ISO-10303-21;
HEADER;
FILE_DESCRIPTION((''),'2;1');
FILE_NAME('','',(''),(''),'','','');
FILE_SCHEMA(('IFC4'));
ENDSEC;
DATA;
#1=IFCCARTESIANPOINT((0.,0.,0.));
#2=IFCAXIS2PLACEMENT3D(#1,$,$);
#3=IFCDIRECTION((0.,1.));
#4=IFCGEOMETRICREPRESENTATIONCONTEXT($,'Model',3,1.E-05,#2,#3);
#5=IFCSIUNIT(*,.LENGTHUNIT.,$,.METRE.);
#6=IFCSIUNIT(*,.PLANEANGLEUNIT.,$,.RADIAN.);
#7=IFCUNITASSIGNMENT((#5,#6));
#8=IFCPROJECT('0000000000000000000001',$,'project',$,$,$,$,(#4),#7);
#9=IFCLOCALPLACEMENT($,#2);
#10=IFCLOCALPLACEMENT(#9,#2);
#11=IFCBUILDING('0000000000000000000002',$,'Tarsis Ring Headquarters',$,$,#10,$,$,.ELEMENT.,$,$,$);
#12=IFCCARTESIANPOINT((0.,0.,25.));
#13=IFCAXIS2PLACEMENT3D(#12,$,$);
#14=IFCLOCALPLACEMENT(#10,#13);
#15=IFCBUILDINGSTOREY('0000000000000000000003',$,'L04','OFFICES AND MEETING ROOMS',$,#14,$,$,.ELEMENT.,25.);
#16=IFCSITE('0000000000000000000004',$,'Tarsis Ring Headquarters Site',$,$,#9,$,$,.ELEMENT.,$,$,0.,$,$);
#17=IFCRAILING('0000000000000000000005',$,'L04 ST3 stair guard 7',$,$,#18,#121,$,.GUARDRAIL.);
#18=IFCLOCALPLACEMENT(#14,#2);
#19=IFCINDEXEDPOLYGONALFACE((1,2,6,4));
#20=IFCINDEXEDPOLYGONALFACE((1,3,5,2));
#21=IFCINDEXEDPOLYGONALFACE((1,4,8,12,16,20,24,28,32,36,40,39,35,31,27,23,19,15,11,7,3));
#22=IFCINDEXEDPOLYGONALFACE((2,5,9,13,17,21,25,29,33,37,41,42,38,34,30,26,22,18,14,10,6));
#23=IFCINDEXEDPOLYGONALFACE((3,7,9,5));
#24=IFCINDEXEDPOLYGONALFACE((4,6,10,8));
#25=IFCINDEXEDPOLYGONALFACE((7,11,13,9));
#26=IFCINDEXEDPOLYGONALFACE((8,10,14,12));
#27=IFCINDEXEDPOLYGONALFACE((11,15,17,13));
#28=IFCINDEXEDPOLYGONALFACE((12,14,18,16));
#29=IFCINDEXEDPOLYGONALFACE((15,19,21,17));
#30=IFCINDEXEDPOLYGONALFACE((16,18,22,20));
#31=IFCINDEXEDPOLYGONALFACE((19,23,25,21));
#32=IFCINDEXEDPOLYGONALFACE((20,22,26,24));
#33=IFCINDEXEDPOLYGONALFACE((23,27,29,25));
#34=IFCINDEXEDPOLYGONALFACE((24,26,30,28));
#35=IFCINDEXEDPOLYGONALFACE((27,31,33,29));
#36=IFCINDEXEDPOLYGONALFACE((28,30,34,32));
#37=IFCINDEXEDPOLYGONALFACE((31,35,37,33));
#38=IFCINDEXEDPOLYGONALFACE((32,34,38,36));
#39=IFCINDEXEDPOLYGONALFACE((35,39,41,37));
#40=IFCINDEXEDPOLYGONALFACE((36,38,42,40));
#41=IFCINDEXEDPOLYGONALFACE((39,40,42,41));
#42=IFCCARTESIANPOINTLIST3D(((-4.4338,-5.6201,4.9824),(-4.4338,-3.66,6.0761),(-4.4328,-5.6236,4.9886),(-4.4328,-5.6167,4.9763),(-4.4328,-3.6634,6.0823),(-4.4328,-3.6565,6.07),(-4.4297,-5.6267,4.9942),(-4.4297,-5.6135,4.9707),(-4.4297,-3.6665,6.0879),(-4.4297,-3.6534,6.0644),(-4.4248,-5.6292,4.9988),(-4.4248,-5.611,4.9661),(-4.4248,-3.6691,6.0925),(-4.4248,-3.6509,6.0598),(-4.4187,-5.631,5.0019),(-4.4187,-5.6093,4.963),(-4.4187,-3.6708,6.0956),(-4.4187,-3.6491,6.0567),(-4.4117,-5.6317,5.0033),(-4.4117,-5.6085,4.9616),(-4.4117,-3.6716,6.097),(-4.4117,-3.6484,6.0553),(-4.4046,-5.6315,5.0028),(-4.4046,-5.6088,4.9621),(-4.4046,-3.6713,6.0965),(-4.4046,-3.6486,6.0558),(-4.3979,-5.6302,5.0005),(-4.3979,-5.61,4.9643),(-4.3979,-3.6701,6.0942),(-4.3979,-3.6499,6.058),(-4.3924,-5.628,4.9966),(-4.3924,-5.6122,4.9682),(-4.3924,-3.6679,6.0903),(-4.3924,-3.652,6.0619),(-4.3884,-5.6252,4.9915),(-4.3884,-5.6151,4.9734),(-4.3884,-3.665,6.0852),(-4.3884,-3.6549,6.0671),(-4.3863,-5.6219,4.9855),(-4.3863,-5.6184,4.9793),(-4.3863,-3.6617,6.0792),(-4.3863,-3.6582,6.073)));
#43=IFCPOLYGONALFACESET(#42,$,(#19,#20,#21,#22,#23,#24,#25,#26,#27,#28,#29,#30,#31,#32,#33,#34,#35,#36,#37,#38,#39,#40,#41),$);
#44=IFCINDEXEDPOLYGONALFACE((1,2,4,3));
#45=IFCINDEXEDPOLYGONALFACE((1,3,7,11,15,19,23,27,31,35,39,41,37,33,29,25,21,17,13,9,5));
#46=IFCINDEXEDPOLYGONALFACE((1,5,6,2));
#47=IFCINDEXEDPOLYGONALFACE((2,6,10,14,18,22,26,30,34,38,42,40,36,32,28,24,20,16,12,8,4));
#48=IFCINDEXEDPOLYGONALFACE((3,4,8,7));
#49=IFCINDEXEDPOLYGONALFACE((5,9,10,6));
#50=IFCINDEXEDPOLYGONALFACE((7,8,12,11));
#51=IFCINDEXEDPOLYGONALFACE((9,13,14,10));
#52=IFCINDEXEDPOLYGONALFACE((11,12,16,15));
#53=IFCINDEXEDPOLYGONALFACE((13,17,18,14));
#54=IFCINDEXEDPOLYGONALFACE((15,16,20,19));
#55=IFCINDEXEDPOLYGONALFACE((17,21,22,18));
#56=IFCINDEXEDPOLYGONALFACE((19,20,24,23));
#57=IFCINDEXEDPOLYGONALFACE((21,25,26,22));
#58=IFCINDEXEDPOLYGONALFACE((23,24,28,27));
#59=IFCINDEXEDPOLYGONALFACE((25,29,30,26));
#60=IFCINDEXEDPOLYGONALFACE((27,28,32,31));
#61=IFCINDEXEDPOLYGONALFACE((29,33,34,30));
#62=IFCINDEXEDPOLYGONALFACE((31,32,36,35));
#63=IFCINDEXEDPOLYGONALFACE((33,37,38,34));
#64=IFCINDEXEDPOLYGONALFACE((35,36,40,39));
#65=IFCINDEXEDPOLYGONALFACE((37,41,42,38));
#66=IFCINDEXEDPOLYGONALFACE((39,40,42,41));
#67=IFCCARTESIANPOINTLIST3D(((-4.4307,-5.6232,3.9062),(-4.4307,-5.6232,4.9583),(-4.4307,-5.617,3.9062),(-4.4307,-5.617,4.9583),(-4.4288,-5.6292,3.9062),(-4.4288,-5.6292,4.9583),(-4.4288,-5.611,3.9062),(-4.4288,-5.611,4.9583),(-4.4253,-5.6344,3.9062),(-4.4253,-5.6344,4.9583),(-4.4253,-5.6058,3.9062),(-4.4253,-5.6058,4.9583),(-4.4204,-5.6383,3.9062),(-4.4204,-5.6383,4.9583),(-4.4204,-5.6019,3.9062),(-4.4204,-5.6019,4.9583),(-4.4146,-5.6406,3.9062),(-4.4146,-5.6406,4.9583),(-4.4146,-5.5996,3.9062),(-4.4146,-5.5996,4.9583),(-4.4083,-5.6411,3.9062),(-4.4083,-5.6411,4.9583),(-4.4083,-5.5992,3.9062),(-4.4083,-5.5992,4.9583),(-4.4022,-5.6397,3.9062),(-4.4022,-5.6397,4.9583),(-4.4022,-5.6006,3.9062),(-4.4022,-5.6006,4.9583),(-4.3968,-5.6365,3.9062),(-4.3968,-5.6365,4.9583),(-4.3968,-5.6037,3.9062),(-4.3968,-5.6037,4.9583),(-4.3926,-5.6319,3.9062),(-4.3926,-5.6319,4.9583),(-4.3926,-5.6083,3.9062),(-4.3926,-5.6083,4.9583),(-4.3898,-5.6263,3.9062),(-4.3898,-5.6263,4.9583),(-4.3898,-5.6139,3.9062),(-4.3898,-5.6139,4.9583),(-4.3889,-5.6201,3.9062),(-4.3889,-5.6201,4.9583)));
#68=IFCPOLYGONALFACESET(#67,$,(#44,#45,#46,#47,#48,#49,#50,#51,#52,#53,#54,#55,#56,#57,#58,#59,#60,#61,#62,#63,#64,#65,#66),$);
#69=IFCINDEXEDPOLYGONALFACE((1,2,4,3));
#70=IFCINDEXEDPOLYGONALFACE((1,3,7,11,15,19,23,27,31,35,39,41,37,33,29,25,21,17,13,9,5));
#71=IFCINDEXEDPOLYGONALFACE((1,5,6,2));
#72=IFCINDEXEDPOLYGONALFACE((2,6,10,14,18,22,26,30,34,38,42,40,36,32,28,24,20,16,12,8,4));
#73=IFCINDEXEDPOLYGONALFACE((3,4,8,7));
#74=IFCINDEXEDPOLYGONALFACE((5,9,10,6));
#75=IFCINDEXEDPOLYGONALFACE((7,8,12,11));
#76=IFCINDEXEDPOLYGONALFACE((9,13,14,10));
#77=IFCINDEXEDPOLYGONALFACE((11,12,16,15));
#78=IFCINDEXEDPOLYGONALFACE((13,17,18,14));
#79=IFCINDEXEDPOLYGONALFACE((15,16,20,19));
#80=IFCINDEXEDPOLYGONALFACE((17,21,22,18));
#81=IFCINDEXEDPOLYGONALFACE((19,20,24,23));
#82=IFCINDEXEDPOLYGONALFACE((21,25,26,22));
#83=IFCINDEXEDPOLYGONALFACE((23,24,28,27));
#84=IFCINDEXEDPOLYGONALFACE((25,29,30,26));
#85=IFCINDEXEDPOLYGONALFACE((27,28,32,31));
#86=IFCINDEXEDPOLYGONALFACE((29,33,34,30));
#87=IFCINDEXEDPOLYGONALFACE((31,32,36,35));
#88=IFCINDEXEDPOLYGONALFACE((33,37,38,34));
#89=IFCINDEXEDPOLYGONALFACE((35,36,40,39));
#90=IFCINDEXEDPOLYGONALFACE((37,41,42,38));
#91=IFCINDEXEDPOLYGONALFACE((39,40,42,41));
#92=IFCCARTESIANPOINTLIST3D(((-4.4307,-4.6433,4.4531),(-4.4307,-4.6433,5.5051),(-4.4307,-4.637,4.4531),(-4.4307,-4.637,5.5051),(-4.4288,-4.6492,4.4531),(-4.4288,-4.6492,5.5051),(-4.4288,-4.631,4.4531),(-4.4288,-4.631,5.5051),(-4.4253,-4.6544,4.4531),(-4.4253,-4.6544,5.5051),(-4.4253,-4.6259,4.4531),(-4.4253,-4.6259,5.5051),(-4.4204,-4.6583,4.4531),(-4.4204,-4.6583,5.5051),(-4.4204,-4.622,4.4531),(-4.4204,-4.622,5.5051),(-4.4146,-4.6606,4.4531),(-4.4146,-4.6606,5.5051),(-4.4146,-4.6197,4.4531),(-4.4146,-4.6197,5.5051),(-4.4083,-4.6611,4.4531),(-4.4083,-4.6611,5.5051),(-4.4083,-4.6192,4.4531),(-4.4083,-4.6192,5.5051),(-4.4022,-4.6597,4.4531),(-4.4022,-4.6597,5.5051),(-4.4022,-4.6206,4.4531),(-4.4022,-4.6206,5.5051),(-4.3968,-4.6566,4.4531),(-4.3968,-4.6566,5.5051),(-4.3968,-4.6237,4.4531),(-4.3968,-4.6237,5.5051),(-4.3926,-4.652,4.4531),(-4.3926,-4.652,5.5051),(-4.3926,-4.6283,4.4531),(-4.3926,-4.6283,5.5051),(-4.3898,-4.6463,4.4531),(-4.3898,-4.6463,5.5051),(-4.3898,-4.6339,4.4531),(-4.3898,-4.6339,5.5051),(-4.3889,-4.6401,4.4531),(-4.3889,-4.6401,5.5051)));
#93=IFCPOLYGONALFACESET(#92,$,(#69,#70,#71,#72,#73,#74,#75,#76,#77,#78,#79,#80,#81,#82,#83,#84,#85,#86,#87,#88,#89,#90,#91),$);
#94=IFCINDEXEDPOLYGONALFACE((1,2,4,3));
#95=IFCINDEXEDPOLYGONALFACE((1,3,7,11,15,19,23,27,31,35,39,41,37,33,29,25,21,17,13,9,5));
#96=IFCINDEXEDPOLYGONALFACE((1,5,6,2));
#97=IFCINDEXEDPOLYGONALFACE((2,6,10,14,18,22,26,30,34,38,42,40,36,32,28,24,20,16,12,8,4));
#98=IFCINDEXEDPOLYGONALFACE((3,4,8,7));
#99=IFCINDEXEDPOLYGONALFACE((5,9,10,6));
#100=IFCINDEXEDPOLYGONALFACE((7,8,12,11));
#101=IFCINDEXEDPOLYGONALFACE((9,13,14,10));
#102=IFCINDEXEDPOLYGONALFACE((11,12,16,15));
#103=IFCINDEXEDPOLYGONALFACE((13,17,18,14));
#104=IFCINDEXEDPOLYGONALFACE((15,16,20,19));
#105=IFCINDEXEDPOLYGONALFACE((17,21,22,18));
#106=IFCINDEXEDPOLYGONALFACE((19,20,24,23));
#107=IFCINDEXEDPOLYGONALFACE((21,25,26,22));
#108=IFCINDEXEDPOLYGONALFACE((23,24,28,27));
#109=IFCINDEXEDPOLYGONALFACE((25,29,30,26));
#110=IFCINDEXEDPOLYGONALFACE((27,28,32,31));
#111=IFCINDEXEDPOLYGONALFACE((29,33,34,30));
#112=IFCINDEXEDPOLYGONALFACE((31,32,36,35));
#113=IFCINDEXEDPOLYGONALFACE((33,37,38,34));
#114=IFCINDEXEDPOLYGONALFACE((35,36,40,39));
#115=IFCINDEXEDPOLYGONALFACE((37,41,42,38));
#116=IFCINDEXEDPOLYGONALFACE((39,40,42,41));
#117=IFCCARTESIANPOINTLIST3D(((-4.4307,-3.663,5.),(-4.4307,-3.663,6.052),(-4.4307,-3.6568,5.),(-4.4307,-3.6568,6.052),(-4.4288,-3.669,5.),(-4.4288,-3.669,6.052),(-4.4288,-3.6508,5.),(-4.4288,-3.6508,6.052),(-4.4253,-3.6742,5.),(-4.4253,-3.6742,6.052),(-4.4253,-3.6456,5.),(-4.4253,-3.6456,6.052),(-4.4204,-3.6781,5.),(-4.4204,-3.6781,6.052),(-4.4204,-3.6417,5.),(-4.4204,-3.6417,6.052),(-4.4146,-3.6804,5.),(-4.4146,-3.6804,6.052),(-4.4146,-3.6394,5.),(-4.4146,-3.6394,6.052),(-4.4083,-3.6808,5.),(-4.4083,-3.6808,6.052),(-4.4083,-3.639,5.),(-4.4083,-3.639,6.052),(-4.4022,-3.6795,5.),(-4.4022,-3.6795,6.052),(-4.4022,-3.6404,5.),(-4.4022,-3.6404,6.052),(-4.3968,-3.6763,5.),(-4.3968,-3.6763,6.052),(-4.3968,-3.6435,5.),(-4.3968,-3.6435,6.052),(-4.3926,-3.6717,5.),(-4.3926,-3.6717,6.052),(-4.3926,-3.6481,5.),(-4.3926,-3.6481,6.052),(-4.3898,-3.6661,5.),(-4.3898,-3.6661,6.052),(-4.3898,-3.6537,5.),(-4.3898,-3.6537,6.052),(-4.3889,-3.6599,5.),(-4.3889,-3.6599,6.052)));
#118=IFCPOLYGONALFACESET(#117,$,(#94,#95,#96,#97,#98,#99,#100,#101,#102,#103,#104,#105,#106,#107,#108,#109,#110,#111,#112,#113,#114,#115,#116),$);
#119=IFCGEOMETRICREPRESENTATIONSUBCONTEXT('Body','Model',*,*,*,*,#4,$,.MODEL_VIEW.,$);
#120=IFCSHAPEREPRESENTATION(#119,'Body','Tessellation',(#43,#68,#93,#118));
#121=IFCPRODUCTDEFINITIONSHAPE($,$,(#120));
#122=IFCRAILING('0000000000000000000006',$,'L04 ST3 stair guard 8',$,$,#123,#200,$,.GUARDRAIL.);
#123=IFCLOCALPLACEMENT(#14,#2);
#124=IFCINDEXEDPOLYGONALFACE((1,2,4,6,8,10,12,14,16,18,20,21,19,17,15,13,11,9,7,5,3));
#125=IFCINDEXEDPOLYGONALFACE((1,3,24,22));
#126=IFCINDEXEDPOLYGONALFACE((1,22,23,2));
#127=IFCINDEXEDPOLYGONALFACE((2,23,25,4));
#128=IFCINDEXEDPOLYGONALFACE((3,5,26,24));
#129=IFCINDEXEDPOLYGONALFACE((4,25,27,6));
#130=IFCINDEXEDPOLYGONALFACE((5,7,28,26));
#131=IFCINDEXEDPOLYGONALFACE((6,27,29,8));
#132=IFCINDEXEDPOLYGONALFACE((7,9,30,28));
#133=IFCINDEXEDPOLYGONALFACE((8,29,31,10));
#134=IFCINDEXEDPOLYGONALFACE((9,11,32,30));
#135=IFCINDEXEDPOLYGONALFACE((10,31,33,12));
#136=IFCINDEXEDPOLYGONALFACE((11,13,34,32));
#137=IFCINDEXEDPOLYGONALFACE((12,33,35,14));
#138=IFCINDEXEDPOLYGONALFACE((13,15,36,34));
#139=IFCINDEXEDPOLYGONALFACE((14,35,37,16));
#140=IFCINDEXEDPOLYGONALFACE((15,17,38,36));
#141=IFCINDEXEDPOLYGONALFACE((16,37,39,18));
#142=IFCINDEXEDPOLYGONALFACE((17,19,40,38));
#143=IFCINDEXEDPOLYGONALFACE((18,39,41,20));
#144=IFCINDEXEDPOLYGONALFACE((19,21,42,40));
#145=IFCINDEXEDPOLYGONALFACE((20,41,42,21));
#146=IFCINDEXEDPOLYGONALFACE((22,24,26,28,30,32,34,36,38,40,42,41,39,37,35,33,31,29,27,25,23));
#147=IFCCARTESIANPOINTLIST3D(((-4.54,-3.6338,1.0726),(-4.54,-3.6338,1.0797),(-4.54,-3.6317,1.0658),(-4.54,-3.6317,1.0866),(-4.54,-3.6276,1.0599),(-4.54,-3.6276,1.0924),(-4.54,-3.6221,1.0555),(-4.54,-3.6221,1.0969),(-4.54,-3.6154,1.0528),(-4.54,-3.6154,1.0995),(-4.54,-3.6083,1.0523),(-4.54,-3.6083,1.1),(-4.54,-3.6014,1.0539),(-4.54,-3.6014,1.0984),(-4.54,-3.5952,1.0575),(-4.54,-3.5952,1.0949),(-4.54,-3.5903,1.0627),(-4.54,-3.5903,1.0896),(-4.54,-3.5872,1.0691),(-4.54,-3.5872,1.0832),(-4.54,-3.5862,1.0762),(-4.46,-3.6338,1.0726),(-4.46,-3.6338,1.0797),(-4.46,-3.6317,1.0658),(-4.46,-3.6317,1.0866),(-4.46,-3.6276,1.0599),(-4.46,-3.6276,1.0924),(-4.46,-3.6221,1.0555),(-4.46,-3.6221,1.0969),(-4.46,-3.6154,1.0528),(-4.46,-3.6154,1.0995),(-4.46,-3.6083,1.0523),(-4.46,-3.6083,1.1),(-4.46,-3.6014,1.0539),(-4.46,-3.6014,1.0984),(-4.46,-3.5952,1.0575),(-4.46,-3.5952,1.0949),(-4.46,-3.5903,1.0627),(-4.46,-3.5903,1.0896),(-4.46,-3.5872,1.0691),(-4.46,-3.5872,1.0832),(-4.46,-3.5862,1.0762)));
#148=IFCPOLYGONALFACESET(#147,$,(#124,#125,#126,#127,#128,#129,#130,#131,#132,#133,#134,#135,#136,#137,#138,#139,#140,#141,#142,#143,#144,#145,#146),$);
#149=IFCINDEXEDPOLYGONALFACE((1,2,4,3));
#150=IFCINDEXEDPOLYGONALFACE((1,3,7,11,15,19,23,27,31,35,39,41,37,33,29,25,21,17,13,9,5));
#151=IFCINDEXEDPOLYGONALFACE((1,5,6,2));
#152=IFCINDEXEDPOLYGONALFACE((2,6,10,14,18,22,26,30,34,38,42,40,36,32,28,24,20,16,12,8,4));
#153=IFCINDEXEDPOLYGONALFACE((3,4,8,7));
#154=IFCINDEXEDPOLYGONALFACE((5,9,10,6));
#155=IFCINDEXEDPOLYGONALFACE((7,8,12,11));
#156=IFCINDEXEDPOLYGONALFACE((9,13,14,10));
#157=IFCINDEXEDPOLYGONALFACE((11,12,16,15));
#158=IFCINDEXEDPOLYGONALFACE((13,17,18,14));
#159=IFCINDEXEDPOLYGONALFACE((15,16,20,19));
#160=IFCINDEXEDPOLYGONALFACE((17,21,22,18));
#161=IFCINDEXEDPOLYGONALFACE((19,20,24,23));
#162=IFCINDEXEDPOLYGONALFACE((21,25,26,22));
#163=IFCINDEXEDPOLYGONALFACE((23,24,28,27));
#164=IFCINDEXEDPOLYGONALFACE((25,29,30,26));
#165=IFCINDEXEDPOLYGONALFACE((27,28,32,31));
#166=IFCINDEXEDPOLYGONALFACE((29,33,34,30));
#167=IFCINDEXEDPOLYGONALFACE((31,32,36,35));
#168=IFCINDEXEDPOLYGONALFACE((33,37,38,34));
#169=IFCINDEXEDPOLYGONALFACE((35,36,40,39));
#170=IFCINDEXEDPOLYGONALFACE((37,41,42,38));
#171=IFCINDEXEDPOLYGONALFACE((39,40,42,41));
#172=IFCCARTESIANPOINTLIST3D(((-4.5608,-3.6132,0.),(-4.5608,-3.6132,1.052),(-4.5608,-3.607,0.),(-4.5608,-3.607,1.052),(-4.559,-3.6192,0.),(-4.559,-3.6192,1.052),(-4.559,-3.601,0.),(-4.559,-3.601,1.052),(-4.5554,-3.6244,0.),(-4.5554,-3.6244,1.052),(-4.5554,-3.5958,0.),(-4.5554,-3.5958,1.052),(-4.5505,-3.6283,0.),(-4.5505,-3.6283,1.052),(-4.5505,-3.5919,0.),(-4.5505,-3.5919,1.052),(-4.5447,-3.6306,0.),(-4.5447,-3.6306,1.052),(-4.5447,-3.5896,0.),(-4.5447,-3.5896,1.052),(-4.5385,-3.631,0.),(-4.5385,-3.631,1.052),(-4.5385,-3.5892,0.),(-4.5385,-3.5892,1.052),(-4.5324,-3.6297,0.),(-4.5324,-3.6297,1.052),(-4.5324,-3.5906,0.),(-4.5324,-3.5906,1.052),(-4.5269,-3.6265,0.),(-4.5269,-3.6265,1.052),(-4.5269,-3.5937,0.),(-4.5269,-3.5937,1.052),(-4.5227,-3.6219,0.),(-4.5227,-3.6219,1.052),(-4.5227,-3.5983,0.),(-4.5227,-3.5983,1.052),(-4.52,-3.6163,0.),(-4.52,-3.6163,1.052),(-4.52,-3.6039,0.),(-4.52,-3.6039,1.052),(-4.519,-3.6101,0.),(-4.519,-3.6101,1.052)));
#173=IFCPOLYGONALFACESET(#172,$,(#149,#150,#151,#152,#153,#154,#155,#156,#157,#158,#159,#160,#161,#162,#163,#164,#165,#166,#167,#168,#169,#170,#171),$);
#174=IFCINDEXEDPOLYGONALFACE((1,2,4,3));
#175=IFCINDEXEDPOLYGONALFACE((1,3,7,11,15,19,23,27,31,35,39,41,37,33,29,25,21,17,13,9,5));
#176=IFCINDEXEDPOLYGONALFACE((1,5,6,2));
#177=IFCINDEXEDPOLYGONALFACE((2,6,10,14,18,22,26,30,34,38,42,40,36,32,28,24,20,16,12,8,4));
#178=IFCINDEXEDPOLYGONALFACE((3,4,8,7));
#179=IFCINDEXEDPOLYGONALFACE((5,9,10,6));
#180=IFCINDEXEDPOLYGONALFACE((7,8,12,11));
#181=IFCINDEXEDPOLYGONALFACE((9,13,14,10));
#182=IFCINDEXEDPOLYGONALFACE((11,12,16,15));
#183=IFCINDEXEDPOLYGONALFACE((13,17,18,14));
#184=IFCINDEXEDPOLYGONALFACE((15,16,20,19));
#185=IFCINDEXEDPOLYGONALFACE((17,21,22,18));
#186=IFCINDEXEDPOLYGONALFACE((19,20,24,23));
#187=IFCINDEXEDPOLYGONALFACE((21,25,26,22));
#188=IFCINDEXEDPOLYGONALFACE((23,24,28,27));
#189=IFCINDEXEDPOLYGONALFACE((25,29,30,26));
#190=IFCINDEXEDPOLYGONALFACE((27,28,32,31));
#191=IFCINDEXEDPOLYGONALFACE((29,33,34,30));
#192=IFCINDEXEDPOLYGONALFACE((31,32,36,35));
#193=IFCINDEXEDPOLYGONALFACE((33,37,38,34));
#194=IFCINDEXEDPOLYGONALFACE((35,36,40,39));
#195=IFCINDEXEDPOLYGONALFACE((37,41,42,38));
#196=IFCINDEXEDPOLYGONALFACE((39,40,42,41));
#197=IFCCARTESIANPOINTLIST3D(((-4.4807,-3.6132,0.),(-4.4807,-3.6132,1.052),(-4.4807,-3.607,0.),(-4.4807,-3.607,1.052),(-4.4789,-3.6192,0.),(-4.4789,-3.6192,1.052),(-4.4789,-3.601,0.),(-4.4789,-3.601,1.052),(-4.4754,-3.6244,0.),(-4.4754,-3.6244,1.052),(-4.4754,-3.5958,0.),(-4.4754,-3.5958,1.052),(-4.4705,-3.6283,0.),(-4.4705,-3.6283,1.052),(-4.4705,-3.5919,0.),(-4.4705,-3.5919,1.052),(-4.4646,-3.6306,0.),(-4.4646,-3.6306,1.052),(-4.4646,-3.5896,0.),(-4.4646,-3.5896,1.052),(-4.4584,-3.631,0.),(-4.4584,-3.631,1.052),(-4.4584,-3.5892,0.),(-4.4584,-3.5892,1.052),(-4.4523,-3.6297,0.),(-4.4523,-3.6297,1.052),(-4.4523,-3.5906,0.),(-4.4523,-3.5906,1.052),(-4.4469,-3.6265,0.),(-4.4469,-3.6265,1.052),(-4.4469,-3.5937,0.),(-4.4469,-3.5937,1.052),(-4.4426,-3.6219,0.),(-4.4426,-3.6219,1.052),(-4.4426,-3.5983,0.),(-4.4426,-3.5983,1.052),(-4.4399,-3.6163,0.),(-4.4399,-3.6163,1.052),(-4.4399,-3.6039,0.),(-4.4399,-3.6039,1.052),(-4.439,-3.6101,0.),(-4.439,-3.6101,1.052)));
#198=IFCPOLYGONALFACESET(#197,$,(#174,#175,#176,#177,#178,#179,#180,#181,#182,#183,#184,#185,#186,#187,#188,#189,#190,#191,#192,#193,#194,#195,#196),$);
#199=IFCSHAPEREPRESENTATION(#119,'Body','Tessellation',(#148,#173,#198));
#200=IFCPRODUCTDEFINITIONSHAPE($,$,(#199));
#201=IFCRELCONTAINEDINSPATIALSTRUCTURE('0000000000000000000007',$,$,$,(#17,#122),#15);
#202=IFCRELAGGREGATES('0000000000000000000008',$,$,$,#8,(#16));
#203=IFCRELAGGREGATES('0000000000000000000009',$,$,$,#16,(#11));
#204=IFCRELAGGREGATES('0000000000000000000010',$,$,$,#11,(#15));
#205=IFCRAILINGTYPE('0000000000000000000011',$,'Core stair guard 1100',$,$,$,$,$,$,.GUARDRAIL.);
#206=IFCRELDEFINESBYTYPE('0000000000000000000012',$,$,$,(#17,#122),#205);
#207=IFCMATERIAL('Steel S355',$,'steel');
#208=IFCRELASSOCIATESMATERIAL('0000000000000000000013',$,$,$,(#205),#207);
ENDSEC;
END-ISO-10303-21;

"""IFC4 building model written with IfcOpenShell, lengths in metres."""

from ifc_helpers import new_model, si_unit, direction, frame, origin, origin_2d, place, context, subcontext, project, spatial, circle, extrude, material, type_object, element, save


model = new_model("IFC4")

# Units and contexts
model_context = context("Model", 3, precision=1e-05, world=origin(), true_north=direction((0.0, 1.0)))
body_context = subcontext(model_context, "Body", "Model", "MODEL_VIEW")
ifc_project = project(units=[si_unit("LENGTHUNIT", "METRE"), si_unit("PLANEANGLEUNIT", "RADIAN")], contexts=[model_context])

# Site, building, storey
site_placement = place(None, origin())
site = spatial("IfcSite", under=ifc_project, at=site_placement, Name="Tarsis Ring Headquarters Site", CompositionType="ELEMENT", RefElevation=0.0)
building_placement = place(site_placement, origin())
building = spatial("IfcBuilding", under=site, at=building_placement, Name="Tarsis Ring Headquarters", CompositionType="ELEMENT")
storey_placement = place(building_placement, frame((0.0, 0.0, 25.0)))
storey = spatial("IfcBuildingStorey", under=building, at=storey_placement, Name="L04", Description="OFFICES AND MEETING ROOMS", CompositionType="ELEMENT", Elevation=25.0)

# Railings
ifc_material_1 = material(Name="Steel S355", Category="steel")
railing_type_1 = type_object("IfcRailingType", Name="Core stair guard 1100", PredefinedType="GUARDRAIL", material=ifc_material_1)
railing_1_placement = place(storey_placement, frame((-4.4099, -5.6201, 3.9062)))
element("IfcRailing", 1, at=railing_1_placement, inside=storey, type_object=railing_type_1, Name="L04 ST3 stair guard 7", PredefinedType="GUARDRAIL", context=body_context, shape_type="SweptSolid", body=[
    extrude(circle(Radius=0.0239, at=origin_2d()), frame((0.0, 0.0, 1.0762), z_axis=(0.0, 0.873258, 0.487258), x_axis=(-1.0, 0.0, 0.0)), (0.0, 0.0, 1.0), 2.2446),
    extrude(circle(Radius=0.021, at=origin_2d()), origin(), (0.0, 0.0, 1.0), 1.052),
    extrude(circle(Radius=0.021, at=origin_2d()), frame((0.0, 0.98, 0.5469)), (0.0, 0.0, 1.0), 1.052),
    extrude(circle(Radius=0.021, at=origin_2d()), frame((0.0, 1.9602, 1.0938)), (0.0, 0.0, 1.0), 1.052),
])
railing_2_placement = place(storey_placement, frame((-4.54, -3.6101, 0.0)))
element("IfcRailing", 2, at=railing_2_placement, inside=storey, type_object=railing_type_1, Name="L04 ST3 stair guard 8", PredefinedType="GUARDRAIL", context=body_context, shape_type="SweptSolid", body=[
    extrude(circle(Radius=0.0239, at=origin_2d()), frame((0.0, 0.0, 1.0762), z_axis=(1.0, 0.0, 0.0), x_axis=(0.0, 1.0, 0.0)), (0.0, 0.0, 1.0), 0.0801),
    extrude(circle(Radius=0.021, at=origin_2d()), origin(), (0.0, 0.0, 1.0), 1.052),
    extrude(circle(Radius=0.021, at=origin_2d()), frame((0.0801, 0.0, 0.0)), (0.0, 0.0, 1.0), 1.052),
])

save(model, "model.ifc")
